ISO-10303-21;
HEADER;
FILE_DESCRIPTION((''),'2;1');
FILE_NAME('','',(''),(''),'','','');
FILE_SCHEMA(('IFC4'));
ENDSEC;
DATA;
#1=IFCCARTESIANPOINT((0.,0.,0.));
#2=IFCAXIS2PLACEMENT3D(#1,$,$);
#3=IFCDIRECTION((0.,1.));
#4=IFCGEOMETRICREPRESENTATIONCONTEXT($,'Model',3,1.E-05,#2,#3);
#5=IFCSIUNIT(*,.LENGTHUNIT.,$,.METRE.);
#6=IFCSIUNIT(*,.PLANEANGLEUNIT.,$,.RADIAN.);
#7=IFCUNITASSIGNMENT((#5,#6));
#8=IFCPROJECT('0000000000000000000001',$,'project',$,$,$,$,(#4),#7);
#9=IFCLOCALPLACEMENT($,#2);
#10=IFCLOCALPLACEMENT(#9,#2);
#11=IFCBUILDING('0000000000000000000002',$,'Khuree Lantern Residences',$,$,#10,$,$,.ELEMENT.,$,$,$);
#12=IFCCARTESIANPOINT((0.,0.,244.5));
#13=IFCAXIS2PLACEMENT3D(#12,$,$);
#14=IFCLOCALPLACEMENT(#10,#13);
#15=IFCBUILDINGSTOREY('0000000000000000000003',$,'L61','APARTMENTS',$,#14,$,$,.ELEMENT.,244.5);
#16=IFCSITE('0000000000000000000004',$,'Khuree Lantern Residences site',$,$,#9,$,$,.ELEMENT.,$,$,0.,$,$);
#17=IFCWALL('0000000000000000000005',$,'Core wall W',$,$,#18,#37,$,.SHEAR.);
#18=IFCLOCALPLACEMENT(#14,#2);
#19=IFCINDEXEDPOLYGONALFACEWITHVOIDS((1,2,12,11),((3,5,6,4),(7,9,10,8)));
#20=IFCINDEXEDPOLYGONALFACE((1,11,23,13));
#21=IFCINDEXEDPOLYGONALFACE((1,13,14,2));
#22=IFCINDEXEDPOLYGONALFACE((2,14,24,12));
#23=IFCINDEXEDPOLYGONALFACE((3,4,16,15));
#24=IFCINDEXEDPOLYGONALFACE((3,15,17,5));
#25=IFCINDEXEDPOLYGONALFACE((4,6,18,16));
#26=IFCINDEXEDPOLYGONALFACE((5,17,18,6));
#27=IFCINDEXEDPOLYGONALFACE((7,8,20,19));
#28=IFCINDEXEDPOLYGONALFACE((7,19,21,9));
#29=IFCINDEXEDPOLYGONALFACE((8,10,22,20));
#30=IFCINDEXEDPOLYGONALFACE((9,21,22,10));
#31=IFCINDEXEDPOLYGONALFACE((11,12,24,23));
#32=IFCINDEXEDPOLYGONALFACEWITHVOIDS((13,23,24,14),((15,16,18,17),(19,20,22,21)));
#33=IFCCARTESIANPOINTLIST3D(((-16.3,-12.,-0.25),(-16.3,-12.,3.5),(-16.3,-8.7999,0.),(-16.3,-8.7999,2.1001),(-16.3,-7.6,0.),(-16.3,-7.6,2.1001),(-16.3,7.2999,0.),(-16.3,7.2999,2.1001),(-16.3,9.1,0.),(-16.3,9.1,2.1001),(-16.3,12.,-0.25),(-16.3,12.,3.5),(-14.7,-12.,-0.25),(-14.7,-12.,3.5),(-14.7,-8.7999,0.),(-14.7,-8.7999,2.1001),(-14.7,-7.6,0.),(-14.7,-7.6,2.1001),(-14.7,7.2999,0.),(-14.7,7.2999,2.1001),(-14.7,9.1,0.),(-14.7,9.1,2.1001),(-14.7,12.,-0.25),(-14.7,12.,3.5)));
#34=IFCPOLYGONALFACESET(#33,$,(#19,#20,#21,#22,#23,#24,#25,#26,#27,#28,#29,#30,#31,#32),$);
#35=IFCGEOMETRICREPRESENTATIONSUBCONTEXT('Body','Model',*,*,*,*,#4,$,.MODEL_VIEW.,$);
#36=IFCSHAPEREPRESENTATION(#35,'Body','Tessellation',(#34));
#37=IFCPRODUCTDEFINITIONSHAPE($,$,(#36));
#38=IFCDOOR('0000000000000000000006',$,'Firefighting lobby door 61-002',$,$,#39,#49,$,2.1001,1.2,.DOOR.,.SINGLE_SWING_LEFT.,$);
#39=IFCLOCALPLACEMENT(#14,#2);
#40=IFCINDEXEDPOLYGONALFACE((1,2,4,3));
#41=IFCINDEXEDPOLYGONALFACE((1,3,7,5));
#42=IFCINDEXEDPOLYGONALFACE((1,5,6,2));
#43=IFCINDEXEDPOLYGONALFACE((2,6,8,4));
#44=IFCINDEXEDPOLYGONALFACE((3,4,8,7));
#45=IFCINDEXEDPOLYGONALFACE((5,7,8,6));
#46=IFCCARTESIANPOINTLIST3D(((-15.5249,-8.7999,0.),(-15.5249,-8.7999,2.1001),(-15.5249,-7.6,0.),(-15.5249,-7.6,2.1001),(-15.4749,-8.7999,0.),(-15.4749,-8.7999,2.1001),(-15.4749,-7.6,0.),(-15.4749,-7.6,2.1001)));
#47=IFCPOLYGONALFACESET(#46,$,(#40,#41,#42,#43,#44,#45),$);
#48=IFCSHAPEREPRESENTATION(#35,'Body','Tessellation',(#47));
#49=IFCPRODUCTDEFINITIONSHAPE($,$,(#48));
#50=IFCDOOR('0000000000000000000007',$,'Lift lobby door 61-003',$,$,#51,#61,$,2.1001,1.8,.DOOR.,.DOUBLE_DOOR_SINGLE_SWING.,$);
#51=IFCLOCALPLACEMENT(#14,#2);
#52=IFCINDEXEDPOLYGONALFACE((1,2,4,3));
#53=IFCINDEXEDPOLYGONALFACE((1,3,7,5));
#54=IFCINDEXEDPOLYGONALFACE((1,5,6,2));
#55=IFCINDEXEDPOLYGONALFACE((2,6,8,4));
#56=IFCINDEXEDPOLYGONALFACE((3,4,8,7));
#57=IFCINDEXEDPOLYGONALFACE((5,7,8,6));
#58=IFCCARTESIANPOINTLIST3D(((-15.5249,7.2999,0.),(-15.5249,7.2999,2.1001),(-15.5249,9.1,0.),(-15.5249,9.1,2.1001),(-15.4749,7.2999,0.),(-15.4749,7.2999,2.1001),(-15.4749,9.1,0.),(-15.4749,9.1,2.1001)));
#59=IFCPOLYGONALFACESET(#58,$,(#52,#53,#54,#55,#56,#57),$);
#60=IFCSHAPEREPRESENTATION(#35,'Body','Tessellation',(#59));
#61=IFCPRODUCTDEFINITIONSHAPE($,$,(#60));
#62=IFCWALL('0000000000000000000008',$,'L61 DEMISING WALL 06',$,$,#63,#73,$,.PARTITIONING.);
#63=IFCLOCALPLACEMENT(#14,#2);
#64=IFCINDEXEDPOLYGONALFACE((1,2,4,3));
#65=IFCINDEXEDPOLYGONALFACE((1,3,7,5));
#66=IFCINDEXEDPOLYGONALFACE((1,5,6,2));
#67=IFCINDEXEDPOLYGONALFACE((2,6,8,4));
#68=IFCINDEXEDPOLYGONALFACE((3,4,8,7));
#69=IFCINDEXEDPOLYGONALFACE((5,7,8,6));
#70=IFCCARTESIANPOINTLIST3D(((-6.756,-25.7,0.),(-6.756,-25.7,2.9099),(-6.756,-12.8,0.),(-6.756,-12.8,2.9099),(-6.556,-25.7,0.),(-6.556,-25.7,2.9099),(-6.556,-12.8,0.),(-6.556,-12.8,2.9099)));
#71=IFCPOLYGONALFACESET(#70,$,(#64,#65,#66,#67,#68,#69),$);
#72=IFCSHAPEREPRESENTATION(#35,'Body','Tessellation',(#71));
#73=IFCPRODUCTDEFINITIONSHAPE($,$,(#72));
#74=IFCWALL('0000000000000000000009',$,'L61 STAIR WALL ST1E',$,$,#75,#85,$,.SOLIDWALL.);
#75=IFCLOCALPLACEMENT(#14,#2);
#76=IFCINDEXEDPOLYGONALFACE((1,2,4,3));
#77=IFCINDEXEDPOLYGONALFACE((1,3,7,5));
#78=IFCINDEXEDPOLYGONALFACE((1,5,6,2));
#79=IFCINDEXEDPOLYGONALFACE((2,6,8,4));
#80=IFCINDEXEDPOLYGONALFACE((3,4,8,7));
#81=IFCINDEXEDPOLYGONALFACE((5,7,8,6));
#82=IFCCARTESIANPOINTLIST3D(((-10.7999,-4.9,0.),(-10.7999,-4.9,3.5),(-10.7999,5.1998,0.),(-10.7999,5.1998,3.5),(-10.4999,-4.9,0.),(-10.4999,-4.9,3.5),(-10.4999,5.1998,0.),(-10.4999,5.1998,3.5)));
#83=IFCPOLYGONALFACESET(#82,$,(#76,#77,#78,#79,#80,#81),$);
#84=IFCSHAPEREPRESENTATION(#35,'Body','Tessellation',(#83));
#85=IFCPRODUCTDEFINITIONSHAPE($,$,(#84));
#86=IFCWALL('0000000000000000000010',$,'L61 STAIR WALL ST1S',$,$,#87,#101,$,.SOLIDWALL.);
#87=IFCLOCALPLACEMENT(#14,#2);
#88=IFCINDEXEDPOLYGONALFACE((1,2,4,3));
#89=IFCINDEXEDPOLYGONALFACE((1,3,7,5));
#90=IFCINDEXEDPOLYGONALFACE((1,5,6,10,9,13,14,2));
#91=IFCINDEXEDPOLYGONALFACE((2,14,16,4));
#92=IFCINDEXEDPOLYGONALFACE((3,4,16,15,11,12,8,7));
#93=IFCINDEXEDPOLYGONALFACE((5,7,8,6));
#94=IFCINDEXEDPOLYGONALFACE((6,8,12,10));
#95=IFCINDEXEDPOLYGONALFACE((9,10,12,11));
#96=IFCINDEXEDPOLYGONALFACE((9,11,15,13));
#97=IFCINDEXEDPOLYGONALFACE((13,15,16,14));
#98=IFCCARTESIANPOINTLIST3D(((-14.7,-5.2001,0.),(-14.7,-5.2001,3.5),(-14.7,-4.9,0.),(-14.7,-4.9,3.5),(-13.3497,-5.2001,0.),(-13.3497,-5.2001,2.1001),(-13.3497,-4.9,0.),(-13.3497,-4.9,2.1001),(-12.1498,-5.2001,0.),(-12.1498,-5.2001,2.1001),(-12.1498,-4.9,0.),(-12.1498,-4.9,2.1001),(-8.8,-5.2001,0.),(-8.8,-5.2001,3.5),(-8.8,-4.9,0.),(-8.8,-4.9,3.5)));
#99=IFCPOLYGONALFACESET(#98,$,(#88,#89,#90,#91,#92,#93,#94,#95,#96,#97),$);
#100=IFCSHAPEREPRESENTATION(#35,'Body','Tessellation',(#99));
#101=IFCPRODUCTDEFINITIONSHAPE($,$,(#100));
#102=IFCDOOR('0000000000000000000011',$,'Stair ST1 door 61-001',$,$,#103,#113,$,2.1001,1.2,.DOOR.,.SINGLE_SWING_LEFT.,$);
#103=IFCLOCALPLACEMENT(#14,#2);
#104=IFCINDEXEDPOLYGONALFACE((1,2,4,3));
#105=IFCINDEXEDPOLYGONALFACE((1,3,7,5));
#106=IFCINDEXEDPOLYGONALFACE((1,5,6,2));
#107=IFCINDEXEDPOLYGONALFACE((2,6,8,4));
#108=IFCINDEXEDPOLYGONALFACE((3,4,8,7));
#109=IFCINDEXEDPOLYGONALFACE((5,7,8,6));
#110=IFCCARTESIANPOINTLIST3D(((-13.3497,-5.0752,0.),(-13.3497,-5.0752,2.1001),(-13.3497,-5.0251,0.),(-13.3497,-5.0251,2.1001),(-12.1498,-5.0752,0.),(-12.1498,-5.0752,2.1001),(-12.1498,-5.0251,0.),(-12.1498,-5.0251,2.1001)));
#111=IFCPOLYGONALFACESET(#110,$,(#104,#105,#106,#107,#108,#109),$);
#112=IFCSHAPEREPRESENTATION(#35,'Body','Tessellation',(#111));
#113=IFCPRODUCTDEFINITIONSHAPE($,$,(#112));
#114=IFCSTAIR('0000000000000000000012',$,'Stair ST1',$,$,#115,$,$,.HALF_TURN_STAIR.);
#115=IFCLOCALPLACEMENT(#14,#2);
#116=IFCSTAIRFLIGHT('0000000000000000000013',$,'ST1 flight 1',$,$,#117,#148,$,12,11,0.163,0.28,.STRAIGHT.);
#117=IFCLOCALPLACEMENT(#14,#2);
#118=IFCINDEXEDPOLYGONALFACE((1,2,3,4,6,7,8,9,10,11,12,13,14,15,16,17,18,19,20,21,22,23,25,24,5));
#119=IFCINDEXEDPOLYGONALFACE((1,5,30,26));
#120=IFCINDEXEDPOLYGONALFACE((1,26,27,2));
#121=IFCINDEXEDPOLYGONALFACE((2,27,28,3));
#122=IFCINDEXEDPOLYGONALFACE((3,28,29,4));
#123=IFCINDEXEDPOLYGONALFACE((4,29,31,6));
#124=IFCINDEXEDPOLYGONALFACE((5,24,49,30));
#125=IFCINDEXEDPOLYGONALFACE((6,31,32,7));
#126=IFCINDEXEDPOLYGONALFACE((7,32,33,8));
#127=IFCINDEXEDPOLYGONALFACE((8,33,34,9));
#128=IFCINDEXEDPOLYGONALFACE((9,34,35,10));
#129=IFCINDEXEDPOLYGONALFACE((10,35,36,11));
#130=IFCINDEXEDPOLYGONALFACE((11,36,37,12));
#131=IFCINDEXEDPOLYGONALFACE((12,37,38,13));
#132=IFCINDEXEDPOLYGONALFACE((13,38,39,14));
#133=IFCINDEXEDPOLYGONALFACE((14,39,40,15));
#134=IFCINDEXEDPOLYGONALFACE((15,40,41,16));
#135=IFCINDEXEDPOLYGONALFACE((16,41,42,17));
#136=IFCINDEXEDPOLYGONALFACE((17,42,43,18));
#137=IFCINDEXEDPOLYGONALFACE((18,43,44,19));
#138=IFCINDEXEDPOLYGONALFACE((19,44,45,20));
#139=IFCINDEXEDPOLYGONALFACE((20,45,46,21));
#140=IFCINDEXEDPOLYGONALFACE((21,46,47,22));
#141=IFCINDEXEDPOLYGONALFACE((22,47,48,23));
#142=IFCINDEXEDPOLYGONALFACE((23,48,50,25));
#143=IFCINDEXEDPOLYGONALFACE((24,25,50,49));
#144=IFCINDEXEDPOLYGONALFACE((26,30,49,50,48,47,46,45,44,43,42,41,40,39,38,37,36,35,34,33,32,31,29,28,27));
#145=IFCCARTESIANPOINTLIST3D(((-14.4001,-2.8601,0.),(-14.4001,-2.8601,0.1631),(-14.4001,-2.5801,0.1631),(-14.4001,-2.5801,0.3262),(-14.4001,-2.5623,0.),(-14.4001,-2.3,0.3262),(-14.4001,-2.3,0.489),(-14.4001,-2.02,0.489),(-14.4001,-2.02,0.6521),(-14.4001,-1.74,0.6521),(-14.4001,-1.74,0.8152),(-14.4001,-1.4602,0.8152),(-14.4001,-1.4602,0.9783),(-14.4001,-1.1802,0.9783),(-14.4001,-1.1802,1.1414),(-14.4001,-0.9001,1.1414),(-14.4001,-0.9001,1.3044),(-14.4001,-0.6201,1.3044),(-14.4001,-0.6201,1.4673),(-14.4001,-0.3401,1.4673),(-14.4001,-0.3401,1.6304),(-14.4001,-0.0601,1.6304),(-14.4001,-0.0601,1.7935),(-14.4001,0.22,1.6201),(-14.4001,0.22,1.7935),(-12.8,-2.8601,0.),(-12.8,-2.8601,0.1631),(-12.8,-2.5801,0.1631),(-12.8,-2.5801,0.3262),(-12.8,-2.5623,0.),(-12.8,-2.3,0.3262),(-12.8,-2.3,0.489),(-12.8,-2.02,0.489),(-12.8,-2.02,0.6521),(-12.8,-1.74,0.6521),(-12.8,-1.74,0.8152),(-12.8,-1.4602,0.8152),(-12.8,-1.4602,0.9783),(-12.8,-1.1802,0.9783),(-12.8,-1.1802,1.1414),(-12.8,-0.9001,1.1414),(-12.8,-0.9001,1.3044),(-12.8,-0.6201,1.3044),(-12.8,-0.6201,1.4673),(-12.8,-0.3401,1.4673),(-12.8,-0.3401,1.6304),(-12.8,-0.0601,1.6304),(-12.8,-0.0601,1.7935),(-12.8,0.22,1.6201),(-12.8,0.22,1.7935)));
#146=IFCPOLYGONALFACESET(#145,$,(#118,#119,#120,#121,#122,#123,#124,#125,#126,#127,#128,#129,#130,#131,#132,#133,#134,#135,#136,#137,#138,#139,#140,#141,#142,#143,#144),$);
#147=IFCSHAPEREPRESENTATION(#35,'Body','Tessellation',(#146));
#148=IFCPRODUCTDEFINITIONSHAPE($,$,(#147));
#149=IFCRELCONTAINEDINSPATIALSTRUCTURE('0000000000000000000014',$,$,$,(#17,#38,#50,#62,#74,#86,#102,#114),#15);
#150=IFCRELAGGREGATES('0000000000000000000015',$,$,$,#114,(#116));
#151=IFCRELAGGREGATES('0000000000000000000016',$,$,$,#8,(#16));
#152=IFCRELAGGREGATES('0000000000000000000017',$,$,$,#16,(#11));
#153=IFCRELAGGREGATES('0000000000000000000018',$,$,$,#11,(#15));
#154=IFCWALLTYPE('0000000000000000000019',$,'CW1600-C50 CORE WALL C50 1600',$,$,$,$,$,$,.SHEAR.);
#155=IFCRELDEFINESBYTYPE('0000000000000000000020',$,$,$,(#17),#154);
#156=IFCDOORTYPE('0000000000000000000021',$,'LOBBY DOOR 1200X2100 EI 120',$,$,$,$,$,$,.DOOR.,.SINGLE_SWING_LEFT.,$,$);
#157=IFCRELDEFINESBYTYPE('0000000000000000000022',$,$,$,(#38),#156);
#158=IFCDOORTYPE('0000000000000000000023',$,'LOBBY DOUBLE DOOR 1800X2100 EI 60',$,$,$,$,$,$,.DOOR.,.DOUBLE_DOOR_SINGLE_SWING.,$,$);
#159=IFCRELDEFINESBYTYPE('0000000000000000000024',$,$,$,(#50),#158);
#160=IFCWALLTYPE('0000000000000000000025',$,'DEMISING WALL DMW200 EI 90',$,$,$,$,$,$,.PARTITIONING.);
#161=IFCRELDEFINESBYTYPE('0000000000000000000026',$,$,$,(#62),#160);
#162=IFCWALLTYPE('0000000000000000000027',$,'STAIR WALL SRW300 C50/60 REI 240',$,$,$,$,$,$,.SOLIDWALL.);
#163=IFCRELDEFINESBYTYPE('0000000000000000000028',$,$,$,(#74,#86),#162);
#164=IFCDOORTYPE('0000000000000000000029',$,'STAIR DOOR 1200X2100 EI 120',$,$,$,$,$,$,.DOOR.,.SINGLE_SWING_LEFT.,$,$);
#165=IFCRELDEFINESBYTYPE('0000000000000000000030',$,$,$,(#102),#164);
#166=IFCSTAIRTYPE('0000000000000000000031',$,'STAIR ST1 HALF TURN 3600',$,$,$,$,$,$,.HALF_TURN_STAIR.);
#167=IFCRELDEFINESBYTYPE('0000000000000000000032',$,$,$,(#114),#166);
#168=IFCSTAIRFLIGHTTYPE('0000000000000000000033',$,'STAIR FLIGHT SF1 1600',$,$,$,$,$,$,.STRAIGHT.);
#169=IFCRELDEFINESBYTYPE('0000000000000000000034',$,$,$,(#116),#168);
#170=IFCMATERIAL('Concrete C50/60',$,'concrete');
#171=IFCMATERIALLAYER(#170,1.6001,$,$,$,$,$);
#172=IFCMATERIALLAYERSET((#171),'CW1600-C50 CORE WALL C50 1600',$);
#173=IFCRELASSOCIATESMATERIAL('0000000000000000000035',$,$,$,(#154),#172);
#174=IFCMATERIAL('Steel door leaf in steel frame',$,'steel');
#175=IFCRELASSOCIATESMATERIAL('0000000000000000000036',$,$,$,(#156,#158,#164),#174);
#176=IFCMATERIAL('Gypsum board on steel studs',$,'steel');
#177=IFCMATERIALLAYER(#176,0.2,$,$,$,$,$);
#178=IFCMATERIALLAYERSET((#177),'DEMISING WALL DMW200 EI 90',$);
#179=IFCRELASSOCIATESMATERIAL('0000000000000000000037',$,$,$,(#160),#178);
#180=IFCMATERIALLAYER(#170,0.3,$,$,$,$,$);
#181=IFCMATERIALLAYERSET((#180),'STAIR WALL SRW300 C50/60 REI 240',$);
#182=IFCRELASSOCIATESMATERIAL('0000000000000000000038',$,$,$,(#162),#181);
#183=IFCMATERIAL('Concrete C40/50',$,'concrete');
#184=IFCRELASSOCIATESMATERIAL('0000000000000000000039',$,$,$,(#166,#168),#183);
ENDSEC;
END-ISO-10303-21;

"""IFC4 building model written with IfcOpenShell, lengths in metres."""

from ifc_helpers import new_model, si_unit, direction, frame, frame_2d, origin, place, context, subcontext, project, spatial, polyline, rectangle, outline, extrude, material, layer, layer_set, type_object, element, fill, aggregate, save


model = new_model("IFC4")

# Units and contexts
model_context = context("Model", 3, precision=1e-05, world=origin(), true_north=direction((0.0, 1.0)))
body_context = subcontext(model_context, "Body", "Model", "MODEL_VIEW")
ifc_project = project(units=[si_unit("LENGTHUNIT", "METRE"), si_unit("PLANEANGLEUNIT", "RADIAN")], contexts=[model_context])

# Site, building, storey
site_placement = place(None, origin())
site = spatial("IfcSite", under=ifc_project, at=site_placement, Name="Khuree Lantern Residences site", CompositionType="ELEMENT", RefElevation=0.0)
building_placement = place(site_placement, origin())
building = spatial("IfcBuilding", under=site, at=building_placement, Name="Khuree Lantern Residences", CompositionType="ELEMENT")
storey_placement = place(building_placement, frame((0.0, 0.0, 244.5)))
storey = spatial("IfcBuildingStorey", under=building, at=storey_placement, Name="L61", Description="APARTMENTS", CompositionType="ELEMENT", Elevation=244.5)

# Shared definitions
ifc_material_1 = material(Name="Concrete C50/60", Category="concrete")

# Shared definitions
ifc_material_2 = material(Name="Steel door leaf in steel frame", Category="steel")

# Shared definitions
ifc_layer_1 = layer(ifc_material_1, 1.6001)
ifc_layer_set_1 = layer_set([ifc_layer_1], Name="CW1600-C50 CORE WALL C50 1600")
wall_type_1 = type_object("IfcWallType", Name="CW1600-C50 CORE WALL C50 1600", PredefinedType="SHEAR", material=ifc_layer_set_1)

# Wall, openings, doors
wall_1_placement = place(storey_placement, frame((-15.5, -12.0, -0.25), z_axis=(0.0, 0.0, 1.0), x_axis=(0.0, 1.0, 0.0)))
wall_1 = element("IfcWall", 1, at=wall_1_placement, inside=storey, type_object=wall_type_1, Name="Core wall W", PredefinedType="SHEAR", context=body_context, shape_type="SweptSolid", body=[
    extrude(rectangle(XDim=24.0, YDim=1.6001, at=frame_2d((12.0, 0.0))), origin(), (0.0, 0.0, 1.0), 3.75),
])
opening_1_placement = place(wall_1_placement, frame((3.2, 0.0, 0.25)))
opening_1 = element("IfcOpeningElement", 2, at=opening_1_placement, cuts=wall_1, PredefinedType="OPENING", context=body_context, shape_type="SweptSolid", body=[
    extrude(rectangle(XDim=1.2, YDim=2.1001, at=frame_2d((0.6001, 1.05))), frame((0.0, 0.8101, 0.0), z_axis=(0.0, -1.0, 0.0), x_axis=(1.0, 0.0, 0.0)), (0.0, 0.0, 1.0), 1.6201),
])
opening_2_placement = place(wall_1_placement, frame((19.3, 0.0, 0.25)))
opening_2 = element("IfcOpeningElement", 3, at=opening_2_placement, cuts=wall_1, PredefinedType="OPENING", context=body_context, shape_type="SweptSolid", body=[
    extrude(rectangle(XDim=1.8, YDim=2.1001, at=frame_2d((0.8999, 1.05))), frame((0.0, 0.8101, 0.0), z_axis=(0.0, -1.0, 0.0), x_axis=(1.0, 0.0, 0.0)), (0.0, 0.0, 1.0), 1.6201),
])
door_type_1 = type_object("IfcDoorType", Name="LOBBY DOOR 1200X2100 EI 120", OperationType="SINGLE_SWING_LEFT", PredefinedType="DOOR", material=ifc_material_2)
door_1_placement = place(opening_1_placement, origin())
door_1 = element("IfcDoor", 4, at=door_1_placement, inside=storey, type_object=door_type_1, Name="Firefighting lobby door 61-002", OperationType="SINGLE_SWING_LEFT", OverallHeight=2.1001, OverallWidth=1.2, PredefinedType="DOOR", context=body_context, shape_type="SweptSolid", body=[
    extrude(rectangle(XDim=1.2, YDim=2.1001, at=frame_2d((0.6001, 1.05))), frame((0.0, 0.0249, 0.0), z_axis=(0.0, -1.0, 0.0), x_axis=(1.0, 0.0, 0.0)), (0.0, 0.0, 1.0), 0.05),
])
fill(opening_1, door_1)
door_type_2 = type_object("IfcDoorType", Name="LOBBY DOUBLE DOOR 1800X2100 EI 60", OperationType="DOUBLE_DOOR_SINGLE_SWING", PredefinedType="DOOR", material=ifc_material_2)
door_2_placement = place(opening_2_placement, origin())
door_2 = element("IfcDoor", 5, at=door_2_placement, inside=storey, type_object=door_type_2, Name="Lift lobby door 61-003", OperationType="DOUBLE_DOOR_SINGLE_SWING", OverallHeight=2.1001, OverallWidth=1.8, PredefinedType="DOOR", context=body_context, shape_type="SweptSolid", body=[
    extrude(rectangle(XDim=1.8, YDim=2.1001, at=frame_2d((0.8999, 1.05))), frame((0.0, 0.0249, 0.0), z_axis=(0.0, -1.0, 0.0), x_axis=(1.0, 0.0, 0.0)), (0.0, 0.0, 1.0), 0.05),
])
fill(opening_2, door_2)

# Walls
ifc_material_3 = material(Name="Gypsum board on steel studs", Category="steel")
ifc_layer_2 = layer(ifc_material_3, 0.2)
ifc_layer_set_2 = layer_set([ifc_layer_2], Name="DEMISING WALL DMW200 EI 90")
wall_type_2 = type_object("IfcWallType", Name="DEMISING WALL DMW200 EI 90", PredefinedType="PARTITIONING", material=ifc_layer_set_2)
wall_2_placement = place(storey_placement, frame((-6.656, -12.8, 0.0), z_axis=(0.0, 0.0, 1.0), x_axis=(0.0, -1.0, 0.0)))
element("IfcWall", 6, at=wall_2_placement, inside=storey, type_object=wall_type_2, Name="L61 DEMISING WALL 06", PredefinedType="PARTITIONING", context=body_context, shape_type="SweptSolid", body=[
    extrude(rectangle(XDim=12.8999, YDim=0.2, at=frame_2d((6.45, 0.0))), origin(), (0.0, 0.0, 1.0), 2.9099),
])
ifc_layer_3 = layer(ifc_material_1, 0.3)
ifc_layer_set_3 = layer_set([ifc_layer_3], Name="STAIR WALL SRW300 C50/60 REI 240")
wall_type_3 = type_object("IfcWallType", Name="STAIR WALL SRW300 C50/60 REI 240", PredefinedType="SOLIDWALL", material=ifc_layer_set_3)
wall_3_placement = place(storey_placement, frame((-10.6499, -4.8999, 0.0), z_axis=(0.0, 0.0, 1.0), x_axis=(0.0, 1.0, 0.0)))
element("IfcWall", 7, at=wall_3_placement, inside=storey, type_object=wall_type_3, Name="L61 STAIR WALL ST1E", PredefinedType="SOLIDWALL", context=body_context, shape_type="SweptSolid", body=[
    extrude(rectangle(XDim=10.0999, YDim=0.3, at=frame_2d((5.0498, 0.0))), origin(), (0.0, 0.0, 1.0), 3.5),
])

# Wall, opening, door
wall_4_placement = place(storey_placement, frame((-14.7, -5.05, 0.0), z_axis=(0.0, 0.0, 1.0), x_axis=(1.0, 0.0, 0.0)))
wall_4 = element("IfcWall", 8, at=wall_4_placement, inside=storey, type_object=wall_type_3, Name="L61 STAIR WALL ST1S", PredefinedType="SOLIDWALL", context=body_context, shape_type="SweptSolid", body=[
    extrude(rectangle(XDim=5.8999, YDim=0.3, at=frame_2d((2.95, 0.0))), origin(), (0.0, 0.0, 1.0), 3.5),
])
opening_3_placement = place(wall_4_placement, frame((1.3501, 0.0, 0.0)))
opening_3 = element("IfcOpeningElement", 9, at=opening_3_placement, cuts=wall_4, PredefinedType="OPENING", context=body_context, shape_type="SweptSolid", body=[
    extrude(rectangle(XDim=1.2, YDim=2.1001, at=frame_2d((0.6001, 1.05))), frame((0.0, 0.1602, 0.0), z_axis=(0.0, -1.0, 0.0), x_axis=(1.0, 0.0, 0.0)), (0.0, 0.0, 1.0), 0.3201),
])
door_type_3 = type_object("IfcDoorType", Name="STAIR DOOR 1200X2100 EI 120", OperationType="SINGLE_SWING_LEFT", PredefinedType="DOOR", material=ifc_material_2)
door_3_placement = place(opening_3_placement, origin())
door_3 = element("IfcDoor", 10, at=door_3_placement, inside=storey, type_object=door_type_3, Name="Stair ST1 door 61-001", OperationType="SINGLE_SWING_LEFT", OverallHeight=2.1001, OverallWidth=1.2, PredefinedType="DOOR", context=body_context, shape_type="SweptSolid", body=[
    extrude(rectangle(XDim=1.2, YDim=2.1001, at=frame_2d((0.6001, 1.05))), frame((0.0, 0.0249, 0.0), z_axis=(0.0, -1.0, 0.0), x_axis=(1.0, 0.0, 0.0)), (0.0, 0.0, 1.0), 0.05),
])
fill(opening_3, door_3)

# Stair, stair flight
ifc_material_4 = material(Name="Concrete C40/50", Category="concrete")
stair_type = type_object("IfcStairType", Name="STAIR ST1 HALF TURN 3600", PredefinedType="HALF_TURN_STAIR", material=ifc_material_4)
stair_placement = place(storey_placement, origin())
stair = element("IfcStair", 11, at=stair_placement, inside=storey, type_object=stair_type, Name="Stair ST1", PredefinedType="HALF_TURN_STAIR")
stair_flight_type = type_object("IfcStairFlightType", Name="STAIR FLIGHT SF1 1600", PredefinedType="STRAIGHT", material=ifc_material_4)
stair_flight_placement = place(storey_placement, frame((-13.6001, -2.8601, 0.0), z_axis=(0.0, 0.0, 1.0), x_axis=(0.0, 1.0, 0.0)))
stair_flight = element("IfcStairFlight", 12, at=stair_flight_placement, type_object=stair_flight_type, Name="ST1 flight 1", NumberOfRisers=12, NumberOfTreads=11, PredefinedType="STRAIGHT", RiserHeight=0.163, TreadLength=0.28, context=body_context, shape_type="SweptSolid", body=[
    extrude(outline(polyline([(0.0, 0.0), (0.0, 0.1631), (0.28, 0.1631), (0.28, 0.3262), (0.5601, 0.3262), (0.5601, 0.489), (0.8401, 0.489), (0.8401, 0.6521), (1.1201, 0.6521), (1.1201, 0.8152), (1.3999, 0.8152), (1.3999, 0.9783), (1.6799, 0.9783), (1.6799, 1.1414), (1.96, 1.1414), (1.96, 1.3044), (2.24, 1.3044), (2.24, 1.4673), (2.52, 1.4673), (2.52, 1.6304), (2.8, 1.6304), (2.8, 1.7935), (3.0801, 1.7935), (3.0801, 1.9565), (3.0801, 1.6201), (0.2979, 0.0), (0.0, 0.0)])), frame((0.0, 0.8, 0.0), z_axis=(0.0, -1.0, 0.0), x_axis=(1.0, 0.0, 0.0)), (0.0, 0.0, 1.0), 1.6001),
])
aggregate(stair, [stair_flight])

save(model, "model.ifc")
